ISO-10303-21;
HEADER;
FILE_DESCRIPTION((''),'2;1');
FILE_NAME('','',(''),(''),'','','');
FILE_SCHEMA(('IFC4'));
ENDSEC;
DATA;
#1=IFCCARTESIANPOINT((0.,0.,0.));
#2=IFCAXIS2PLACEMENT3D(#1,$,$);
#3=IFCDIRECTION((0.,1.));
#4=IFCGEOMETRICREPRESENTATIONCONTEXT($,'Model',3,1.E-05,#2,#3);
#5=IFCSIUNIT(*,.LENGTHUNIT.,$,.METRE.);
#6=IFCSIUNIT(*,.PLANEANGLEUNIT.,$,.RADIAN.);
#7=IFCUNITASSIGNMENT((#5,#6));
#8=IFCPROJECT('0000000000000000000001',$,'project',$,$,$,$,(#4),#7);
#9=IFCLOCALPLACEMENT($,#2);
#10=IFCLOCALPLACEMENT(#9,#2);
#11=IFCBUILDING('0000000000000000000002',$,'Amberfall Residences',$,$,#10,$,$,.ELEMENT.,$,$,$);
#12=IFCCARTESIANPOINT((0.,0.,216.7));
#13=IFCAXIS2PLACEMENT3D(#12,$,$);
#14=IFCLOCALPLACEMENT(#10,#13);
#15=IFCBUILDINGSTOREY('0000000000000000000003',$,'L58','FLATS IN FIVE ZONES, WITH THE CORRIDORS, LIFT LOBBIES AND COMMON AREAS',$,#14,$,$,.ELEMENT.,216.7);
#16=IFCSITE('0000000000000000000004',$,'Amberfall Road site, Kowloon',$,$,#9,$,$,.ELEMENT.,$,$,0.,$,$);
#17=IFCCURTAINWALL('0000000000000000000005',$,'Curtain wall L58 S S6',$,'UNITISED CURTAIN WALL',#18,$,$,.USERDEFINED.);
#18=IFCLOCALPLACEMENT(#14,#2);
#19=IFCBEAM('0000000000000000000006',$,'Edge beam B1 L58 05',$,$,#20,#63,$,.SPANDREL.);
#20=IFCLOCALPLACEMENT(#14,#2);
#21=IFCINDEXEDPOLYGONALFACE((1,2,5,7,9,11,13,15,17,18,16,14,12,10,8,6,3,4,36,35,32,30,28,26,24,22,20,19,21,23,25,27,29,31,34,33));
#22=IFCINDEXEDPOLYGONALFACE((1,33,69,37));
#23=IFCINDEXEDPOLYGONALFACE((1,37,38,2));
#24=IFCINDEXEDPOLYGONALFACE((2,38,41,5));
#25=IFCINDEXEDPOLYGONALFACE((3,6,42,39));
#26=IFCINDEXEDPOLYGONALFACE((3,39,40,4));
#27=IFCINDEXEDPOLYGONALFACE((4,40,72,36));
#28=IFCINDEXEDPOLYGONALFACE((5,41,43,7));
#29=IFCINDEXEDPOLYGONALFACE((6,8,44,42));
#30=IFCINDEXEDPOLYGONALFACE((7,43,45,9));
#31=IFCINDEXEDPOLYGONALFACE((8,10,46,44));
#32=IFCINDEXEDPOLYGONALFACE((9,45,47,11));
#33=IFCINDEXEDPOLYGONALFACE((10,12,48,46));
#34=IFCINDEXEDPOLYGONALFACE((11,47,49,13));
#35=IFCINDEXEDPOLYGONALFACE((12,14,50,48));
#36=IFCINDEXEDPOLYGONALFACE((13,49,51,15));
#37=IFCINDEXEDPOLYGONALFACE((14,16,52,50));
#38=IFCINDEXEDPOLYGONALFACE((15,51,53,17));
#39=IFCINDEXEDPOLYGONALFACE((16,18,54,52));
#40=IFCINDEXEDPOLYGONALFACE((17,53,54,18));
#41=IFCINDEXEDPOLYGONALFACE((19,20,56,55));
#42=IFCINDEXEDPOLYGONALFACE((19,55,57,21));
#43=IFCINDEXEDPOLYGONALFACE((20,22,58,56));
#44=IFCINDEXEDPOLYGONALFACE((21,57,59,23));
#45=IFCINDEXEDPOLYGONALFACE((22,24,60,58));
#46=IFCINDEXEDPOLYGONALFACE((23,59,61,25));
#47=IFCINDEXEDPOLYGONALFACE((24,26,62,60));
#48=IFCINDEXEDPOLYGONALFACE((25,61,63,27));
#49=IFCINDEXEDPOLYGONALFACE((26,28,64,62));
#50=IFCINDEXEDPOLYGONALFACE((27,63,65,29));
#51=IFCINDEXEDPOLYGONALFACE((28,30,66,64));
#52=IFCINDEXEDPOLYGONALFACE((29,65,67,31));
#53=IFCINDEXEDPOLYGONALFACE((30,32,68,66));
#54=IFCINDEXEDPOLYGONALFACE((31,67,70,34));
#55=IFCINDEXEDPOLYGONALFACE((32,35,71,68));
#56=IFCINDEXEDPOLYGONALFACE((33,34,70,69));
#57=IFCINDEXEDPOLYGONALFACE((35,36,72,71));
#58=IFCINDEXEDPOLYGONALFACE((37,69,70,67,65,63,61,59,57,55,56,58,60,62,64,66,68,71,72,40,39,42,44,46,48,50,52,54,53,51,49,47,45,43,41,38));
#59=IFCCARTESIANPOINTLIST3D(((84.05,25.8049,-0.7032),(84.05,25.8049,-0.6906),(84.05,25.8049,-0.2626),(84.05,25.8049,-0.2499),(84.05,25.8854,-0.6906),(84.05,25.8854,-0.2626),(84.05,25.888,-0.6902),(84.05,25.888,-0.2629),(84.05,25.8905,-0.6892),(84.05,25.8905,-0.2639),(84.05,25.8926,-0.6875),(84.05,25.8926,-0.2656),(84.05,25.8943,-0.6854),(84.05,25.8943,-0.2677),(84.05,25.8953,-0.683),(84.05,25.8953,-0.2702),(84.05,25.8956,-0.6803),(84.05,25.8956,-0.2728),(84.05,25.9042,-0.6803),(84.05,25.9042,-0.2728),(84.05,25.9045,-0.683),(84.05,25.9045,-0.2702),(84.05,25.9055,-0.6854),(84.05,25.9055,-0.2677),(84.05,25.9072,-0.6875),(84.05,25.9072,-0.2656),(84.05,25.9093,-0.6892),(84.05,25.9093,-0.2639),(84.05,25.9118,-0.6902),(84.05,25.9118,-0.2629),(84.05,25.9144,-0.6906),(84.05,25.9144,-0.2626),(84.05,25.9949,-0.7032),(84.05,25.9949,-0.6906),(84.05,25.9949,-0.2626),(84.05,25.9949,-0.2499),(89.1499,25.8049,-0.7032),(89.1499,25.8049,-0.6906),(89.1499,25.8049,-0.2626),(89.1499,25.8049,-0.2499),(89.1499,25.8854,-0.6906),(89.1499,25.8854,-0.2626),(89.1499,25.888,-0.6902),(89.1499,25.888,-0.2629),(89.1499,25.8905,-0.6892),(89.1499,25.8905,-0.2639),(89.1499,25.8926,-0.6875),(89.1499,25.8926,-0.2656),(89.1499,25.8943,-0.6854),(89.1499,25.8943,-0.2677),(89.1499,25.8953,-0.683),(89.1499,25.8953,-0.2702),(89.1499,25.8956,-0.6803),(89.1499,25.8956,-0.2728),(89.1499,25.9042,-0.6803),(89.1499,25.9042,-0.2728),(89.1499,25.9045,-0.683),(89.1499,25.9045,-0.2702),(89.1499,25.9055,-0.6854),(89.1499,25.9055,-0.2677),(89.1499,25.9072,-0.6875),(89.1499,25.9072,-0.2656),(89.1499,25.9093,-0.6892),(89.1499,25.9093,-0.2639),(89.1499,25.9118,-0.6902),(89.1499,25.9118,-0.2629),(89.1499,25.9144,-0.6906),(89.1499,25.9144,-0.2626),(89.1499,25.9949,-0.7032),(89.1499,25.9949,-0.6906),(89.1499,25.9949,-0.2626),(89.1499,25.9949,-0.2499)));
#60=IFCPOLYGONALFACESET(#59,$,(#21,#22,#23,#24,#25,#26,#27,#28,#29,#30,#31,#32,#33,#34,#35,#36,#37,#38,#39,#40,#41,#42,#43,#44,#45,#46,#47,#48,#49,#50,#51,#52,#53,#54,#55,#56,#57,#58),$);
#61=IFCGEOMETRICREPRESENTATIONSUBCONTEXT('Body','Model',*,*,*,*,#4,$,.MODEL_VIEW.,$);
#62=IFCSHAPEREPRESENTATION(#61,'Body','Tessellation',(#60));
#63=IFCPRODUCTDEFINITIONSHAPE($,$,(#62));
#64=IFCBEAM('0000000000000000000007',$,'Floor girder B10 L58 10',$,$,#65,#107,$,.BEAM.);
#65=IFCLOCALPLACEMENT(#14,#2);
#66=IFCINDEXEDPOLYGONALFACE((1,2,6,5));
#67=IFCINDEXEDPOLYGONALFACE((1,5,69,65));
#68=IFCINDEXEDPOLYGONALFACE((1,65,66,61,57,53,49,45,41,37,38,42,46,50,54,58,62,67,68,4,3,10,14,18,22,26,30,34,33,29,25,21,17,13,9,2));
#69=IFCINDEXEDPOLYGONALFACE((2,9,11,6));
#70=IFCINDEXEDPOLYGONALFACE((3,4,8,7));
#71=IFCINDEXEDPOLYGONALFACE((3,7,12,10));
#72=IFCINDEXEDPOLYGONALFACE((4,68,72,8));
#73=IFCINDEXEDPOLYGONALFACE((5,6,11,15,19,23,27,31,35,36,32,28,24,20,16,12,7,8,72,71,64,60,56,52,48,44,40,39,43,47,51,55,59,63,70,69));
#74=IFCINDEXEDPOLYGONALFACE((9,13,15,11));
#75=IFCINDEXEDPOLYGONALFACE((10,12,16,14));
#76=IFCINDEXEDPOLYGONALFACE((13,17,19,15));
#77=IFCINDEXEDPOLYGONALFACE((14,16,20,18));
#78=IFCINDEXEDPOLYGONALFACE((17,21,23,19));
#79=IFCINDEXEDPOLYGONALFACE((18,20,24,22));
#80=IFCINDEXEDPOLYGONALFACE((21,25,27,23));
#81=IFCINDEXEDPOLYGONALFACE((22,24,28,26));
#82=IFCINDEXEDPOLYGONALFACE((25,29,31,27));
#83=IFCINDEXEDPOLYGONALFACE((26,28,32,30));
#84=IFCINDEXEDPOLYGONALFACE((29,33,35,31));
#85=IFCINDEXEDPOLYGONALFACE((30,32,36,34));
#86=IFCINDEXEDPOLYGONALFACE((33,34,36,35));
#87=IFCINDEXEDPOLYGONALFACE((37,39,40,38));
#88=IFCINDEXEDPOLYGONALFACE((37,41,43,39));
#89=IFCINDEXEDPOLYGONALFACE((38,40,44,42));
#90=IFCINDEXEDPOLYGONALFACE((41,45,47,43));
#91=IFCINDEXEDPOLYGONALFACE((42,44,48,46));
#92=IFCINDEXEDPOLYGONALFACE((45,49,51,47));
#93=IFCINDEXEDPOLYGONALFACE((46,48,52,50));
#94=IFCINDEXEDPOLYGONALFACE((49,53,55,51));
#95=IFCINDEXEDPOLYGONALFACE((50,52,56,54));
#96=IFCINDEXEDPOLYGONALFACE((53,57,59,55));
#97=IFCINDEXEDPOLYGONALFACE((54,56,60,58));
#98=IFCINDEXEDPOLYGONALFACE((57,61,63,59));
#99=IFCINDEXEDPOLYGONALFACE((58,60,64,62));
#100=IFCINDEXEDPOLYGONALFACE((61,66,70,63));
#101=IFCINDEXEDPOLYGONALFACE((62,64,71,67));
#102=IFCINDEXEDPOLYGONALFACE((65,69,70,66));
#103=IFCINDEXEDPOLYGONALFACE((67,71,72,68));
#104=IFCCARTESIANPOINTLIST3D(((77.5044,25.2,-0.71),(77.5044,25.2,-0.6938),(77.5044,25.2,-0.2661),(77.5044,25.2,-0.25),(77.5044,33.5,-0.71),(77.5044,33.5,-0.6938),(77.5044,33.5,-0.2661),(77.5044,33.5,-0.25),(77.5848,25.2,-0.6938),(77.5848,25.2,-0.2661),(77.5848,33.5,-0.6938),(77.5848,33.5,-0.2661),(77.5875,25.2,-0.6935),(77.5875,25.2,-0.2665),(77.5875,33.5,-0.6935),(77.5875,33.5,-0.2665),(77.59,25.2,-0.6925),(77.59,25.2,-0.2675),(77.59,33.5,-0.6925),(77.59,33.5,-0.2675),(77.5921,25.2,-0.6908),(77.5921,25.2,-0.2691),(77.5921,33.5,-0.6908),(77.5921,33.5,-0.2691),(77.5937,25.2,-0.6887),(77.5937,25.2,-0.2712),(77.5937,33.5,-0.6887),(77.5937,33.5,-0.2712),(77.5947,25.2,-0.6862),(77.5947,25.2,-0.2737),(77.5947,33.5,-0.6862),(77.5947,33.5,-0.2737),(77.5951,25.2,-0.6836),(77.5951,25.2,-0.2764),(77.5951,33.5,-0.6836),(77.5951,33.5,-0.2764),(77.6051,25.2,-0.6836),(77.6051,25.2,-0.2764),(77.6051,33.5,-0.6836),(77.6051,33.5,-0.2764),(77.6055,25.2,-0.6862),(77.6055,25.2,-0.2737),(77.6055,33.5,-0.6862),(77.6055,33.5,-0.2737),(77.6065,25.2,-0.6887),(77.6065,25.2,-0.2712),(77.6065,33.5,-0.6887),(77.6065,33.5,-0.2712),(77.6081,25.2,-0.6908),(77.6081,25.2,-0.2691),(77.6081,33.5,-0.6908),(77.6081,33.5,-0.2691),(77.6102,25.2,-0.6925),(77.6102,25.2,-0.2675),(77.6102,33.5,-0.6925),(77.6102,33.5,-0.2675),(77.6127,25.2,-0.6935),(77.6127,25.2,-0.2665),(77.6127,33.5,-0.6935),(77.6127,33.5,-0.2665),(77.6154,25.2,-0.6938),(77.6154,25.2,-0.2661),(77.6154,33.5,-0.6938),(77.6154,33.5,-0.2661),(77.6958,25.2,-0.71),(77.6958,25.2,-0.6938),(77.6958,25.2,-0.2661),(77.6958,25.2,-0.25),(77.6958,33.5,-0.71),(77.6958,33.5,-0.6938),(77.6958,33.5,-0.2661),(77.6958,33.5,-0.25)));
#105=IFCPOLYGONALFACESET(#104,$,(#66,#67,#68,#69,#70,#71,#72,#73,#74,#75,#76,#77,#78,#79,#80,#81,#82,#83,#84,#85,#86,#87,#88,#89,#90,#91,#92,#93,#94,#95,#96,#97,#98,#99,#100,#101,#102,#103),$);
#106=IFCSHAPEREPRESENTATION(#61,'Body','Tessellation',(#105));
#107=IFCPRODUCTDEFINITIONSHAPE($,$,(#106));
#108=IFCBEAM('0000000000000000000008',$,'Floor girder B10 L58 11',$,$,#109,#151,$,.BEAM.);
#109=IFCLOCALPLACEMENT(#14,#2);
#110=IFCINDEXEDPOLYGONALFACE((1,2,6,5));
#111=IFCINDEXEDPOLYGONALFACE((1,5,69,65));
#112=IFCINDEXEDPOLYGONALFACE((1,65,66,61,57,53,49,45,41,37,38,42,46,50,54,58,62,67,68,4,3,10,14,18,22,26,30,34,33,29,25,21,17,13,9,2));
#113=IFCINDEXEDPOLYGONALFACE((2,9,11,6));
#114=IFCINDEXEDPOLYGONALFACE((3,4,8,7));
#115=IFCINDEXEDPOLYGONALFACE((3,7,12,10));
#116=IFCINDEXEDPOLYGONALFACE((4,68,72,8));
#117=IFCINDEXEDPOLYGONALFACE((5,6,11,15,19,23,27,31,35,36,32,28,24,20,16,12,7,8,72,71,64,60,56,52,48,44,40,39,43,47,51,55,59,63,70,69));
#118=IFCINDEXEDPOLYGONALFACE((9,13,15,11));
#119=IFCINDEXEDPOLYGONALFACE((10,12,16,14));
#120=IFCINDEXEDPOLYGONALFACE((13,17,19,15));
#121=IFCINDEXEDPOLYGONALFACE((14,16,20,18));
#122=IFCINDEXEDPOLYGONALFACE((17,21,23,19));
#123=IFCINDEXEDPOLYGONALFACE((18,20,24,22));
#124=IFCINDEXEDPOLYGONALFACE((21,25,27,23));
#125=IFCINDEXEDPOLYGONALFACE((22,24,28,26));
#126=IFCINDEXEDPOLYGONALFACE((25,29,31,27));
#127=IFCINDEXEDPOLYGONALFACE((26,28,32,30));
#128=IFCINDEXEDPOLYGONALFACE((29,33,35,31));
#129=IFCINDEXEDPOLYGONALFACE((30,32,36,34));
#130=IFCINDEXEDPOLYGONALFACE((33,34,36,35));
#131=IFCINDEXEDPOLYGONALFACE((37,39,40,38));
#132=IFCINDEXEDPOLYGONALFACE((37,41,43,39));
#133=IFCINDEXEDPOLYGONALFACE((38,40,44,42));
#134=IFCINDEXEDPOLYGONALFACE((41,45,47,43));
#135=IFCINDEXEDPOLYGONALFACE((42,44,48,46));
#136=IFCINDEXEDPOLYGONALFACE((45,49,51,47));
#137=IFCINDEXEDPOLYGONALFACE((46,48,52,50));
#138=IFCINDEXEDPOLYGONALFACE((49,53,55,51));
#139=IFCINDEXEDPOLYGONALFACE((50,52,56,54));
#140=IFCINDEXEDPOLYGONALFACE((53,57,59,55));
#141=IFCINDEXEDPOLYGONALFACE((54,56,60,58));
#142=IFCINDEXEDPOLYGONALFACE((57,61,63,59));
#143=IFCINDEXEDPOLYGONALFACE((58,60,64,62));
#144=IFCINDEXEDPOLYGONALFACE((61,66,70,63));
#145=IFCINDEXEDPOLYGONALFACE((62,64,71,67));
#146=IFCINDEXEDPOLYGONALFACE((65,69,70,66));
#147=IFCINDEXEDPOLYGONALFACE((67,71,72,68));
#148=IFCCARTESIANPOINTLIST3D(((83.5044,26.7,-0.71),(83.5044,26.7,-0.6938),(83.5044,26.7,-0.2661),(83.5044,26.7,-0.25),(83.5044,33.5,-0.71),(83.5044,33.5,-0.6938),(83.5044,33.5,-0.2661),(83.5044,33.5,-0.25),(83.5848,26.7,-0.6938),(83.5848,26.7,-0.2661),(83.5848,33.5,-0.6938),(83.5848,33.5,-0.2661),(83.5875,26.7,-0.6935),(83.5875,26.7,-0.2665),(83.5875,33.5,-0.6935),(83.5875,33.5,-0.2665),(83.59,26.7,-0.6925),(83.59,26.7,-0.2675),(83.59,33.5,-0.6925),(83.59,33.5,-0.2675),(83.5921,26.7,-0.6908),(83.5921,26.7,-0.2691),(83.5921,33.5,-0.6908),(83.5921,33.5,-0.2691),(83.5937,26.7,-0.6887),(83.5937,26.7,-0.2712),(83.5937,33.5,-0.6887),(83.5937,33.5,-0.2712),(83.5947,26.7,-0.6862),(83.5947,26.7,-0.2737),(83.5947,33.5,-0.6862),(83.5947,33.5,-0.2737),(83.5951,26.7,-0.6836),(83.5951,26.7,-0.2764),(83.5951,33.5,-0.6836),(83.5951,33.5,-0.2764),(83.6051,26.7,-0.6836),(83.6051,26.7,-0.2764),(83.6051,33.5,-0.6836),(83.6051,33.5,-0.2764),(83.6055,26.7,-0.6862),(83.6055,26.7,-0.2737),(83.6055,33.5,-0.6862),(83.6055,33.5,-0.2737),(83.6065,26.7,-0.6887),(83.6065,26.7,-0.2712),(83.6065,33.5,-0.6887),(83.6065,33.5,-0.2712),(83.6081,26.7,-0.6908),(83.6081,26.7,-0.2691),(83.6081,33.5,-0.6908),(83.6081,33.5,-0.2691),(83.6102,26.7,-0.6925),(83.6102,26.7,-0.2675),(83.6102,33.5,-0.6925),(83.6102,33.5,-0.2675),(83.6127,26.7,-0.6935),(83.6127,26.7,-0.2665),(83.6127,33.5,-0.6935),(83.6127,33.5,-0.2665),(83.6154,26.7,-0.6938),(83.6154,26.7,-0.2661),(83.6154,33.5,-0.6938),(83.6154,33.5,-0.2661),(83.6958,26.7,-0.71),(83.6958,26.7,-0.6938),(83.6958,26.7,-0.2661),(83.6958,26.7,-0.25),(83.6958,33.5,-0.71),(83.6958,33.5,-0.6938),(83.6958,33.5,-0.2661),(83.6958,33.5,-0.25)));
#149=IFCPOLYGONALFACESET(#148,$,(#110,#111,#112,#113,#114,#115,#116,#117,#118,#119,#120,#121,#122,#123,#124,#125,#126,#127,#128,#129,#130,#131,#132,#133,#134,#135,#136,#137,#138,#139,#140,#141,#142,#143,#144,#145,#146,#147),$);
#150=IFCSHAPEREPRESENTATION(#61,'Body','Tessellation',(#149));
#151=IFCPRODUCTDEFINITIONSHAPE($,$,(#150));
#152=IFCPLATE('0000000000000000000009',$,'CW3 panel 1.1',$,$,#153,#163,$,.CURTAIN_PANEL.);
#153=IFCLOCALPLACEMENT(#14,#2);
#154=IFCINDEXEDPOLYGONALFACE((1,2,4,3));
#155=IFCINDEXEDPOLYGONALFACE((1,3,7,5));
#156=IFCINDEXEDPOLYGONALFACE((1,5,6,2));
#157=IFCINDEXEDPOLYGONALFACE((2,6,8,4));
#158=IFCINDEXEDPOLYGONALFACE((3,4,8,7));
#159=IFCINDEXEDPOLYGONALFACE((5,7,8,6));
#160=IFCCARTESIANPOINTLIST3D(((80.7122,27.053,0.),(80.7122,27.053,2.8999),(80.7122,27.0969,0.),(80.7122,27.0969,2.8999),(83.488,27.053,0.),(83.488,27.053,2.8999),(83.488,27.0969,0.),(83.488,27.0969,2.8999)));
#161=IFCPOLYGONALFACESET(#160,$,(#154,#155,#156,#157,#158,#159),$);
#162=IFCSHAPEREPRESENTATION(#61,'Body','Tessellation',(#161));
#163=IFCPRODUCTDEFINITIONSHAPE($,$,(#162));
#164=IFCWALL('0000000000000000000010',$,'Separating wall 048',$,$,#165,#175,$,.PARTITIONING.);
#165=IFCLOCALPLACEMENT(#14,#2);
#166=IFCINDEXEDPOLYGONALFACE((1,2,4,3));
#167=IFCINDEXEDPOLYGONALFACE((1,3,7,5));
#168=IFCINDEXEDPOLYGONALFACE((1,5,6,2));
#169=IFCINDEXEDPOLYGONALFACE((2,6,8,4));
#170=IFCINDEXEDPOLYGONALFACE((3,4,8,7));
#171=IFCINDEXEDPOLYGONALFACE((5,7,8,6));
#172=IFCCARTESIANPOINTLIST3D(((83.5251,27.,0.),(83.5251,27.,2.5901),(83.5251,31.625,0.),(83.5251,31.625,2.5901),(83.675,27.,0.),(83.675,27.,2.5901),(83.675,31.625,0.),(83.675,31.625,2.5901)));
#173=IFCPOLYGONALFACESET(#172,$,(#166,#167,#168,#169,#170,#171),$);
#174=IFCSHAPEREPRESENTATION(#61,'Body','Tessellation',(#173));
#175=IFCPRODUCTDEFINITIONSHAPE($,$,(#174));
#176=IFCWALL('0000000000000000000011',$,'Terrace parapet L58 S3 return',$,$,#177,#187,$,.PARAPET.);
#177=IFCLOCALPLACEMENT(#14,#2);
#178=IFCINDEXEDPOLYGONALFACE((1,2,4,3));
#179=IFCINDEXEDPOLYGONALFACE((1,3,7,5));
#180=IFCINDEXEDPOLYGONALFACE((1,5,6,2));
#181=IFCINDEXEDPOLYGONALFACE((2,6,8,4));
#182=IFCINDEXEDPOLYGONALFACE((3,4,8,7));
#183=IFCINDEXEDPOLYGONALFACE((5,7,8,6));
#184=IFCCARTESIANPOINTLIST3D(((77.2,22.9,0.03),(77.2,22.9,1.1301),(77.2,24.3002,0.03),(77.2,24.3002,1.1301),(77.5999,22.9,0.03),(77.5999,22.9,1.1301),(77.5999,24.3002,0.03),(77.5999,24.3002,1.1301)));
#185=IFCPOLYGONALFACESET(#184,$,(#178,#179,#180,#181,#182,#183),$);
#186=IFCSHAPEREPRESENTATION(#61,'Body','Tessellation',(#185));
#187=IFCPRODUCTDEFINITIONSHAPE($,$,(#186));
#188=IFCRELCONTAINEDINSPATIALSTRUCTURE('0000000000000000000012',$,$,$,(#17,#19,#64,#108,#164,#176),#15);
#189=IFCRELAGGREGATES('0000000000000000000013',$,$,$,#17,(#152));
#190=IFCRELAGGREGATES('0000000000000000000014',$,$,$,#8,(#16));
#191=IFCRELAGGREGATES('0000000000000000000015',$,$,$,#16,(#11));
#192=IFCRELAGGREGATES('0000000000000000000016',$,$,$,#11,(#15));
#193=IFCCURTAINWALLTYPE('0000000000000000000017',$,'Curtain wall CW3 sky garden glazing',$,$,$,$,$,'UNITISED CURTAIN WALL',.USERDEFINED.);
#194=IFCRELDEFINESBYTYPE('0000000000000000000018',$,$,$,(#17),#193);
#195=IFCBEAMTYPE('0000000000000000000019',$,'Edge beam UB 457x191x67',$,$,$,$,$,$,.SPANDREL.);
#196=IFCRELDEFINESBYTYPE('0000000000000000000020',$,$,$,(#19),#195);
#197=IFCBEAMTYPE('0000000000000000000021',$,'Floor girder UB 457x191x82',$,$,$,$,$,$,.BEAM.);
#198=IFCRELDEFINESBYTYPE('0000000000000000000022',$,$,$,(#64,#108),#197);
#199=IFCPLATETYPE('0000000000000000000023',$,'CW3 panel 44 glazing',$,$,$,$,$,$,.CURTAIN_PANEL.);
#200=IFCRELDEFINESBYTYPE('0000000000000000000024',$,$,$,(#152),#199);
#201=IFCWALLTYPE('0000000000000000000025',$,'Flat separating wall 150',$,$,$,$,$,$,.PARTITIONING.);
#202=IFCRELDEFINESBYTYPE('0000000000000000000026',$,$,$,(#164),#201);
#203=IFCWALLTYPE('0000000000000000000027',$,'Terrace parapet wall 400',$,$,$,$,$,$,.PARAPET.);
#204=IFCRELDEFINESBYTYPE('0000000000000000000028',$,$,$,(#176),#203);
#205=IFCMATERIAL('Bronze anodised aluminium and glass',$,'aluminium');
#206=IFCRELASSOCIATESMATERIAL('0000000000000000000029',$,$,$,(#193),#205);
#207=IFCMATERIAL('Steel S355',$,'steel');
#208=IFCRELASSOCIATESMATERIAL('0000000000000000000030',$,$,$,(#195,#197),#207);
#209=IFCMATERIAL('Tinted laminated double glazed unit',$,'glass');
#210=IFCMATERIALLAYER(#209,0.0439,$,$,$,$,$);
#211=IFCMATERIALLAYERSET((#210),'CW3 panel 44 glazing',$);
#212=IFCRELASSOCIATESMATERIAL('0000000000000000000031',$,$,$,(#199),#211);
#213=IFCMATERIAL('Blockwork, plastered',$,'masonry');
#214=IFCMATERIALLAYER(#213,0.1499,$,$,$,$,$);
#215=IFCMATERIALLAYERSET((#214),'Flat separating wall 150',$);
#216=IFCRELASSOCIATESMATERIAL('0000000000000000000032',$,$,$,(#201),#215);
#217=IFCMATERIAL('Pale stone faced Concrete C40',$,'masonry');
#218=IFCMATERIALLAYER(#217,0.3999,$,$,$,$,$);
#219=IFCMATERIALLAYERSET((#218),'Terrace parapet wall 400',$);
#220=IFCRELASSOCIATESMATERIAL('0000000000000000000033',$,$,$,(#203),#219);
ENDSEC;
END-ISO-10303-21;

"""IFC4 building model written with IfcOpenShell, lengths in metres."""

from ifc_helpers import new_model, si_unit, direction, frame, frame_2d, origin, origin_2d, place, context, subcontext, project, spatial, rectangle, i_section, extrude, material, layer, layer_set, material_profile, profile_set, type_object, element, aggregate, save


model = new_model("IFC4")

# Units and contexts
model_context = context("Model", 3, precision=1e-05, world=origin(), true_north=direction((0.0, 1.0)))
body_context = subcontext(model_context, "Body", "Model", "MODEL_VIEW")
ifc_project = project(units=[si_unit("LENGTHUNIT", "METRE"), si_unit("PLANEANGLEUNIT", "RADIAN")], contexts=[model_context])

# Site, building, storey
site_placement = place(None, origin())
site = spatial("IfcSite", under=ifc_project, at=site_placement, Name="Amberfall Road site, Kowloon", CompositionType="ELEMENT", RefElevation=0.0)
building_placement = place(site_placement, origin())
building = spatial("IfcBuilding", under=site, at=building_placement, Name="Amberfall Residences", CompositionType="ELEMENT")
storey_placement = place(building_placement, frame((0.0, 0.0, 216.7)))
storey = spatial("IfcBuildingStorey", under=building, at=storey_placement, Name="L58", Description="FLATS IN FIVE ZONES, WITH THE CORRIDORS, LIFT LOBBIES AND COMMON AREAS", CompositionType="ELEMENT", Elevation=216.7)

# Curtain wall
ifc_material_1 = material(Name="Bronze anodised aluminium and glass", Category="aluminium")
curtain_wall_type = type_object("IfcCurtainWallType", Name="Curtain wall CW3 sky garden glazing", ElementType="UNITISED CURTAIN WALL", PredefinedType="USERDEFINED", material=ifc_material_1)
curtain_wall_placement = place(storey_placement, origin())
curtain_wall = element("IfcCurtainWall", 1, at=curtain_wall_placement, inside=storey, type_object=curtain_wall_type, Name="Curtain wall L58 S S6", ObjectType="UNITISED CURTAIN WALL", PredefinedType="USERDEFINED")

# Beams
ifc_material_2 = material(Name="Steel S355", Category="steel")
ifc_material_profile_1 = material_profile(ifc_material_2, i_section(OverallWidth=0.1899, OverallDepth=0.4534, WebThickness=0.0085, FlangeThickness=0.0127, FilletRadius=0.0103, at=origin_2d()), Name="UB 457x191x67")
ifc_profile_set_1 = profile_set([ifc_material_profile_1], Name="Steel S355")
beam_type_1 = type_object("IfcBeamType", Name="Edge beam UB 457x191x67", PredefinedType="SPANDREL", material=ifc_profile_set_1)
beam_1_placement = place(storey_placement, frame((84.05, 25.8999, -0.4766), z_axis=(1.0, 0.0, 0.0), x_axis=(0.0, 1.0, 0.0)))
element("IfcBeam", 2, at=beam_1_placement, inside=storey, type_object=beam_type_1, Name="Edge beam B1 L58 05", PredefinedType="SPANDREL", context=body_context, shape_type="SweptSolid", body=[
    extrude(i_section(OverallWidth=0.1899, OverallDepth=0.4534, WebThickness=0.0085, FlangeThickness=0.0127, FilletRadius=0.0103, at=origin_2d()), origin(), (0.0, 0.0, 1.0), 5.0999),
])
ifc_material_profile_2 = material_profile(ifc_material_2, i_section(OverallWidth=0.1914, OverallDepth=0.46, WebThickness=0.01, FlangeThickness=0.0161, FilletRadius=0.0103, at=origin_2d()), Name="UB 457x191x82")
ifc_profile_set_2 = profile_set([ifc_material_profile_2], Name="Steel S355")
beam_type_2 = type_object("IfcBeamType", Name="Floor girder UB 457x191x82", PredefinedType="BEAM", material=ifc_profile_set_2)
beam_2_placement = place(storey_placement, frame((77.6001, 25.2, -0.48), z_axis=(0.0, 1.0, 0.0), x_axis=(-1.0, 0.0, 0.0)))
element("IfcBeam", 3, at=beam_2_placement, inside=storey, type_object=beam_type_2, Name="Floor girder B10 L58 10", PredefinedType="BEAM", context=body_context, shape_type="SweptSolid", body=[
    extrude(i_section(OverallWidth=0.1914, OverallDepth=0.46, WebThickness=0.01, FlangeThickness=0.0161, FilletRadius=0.0103, at=origin_2d()), origin(), (0.0, 0.0, 1.0), 8.3),
])
beam_3_placement = place(storey_placement, frame((83.6001, 26.7, -0.48), z_axis=(0.0, 1.0, 0.0), x_axis=(-1.0, 0.0, 0.0)))
element("IfcBeam", 4, at=beam_3_placement, inside=storey, type_object=beam_type_2, Name="Floor girder B10 L58 11", PredefinedType="BEAM", context=body_context, shape_type="SweptSolid", body=[
    extrude(i_section(OverallWidth=0.1914, OverallDepth=0.46, WebThickness=0.01, FlangeThickness=0.0161, FilletRadius=0.0103, at=origin_2d()), origin(), (0.0, 0.0, 1.0), 6.8),
])

# Plate
ifc_material_3 = material(Name="Tinted laminated double glazed unit", Category="glass")
ifc_layer_1 = layer(ifc_material_3, 0.0439)
ifc_layer_set_1 = layer_set([ifc_layer_1], Name="CW3 panel 44 glazing")
plate_type = type_object("IfcPlateType", Name="CW3 panel 44 glazing", PredefinedType="CURTAIN_PANEL", material=ifc_layer_set_1)
plate_placement = place(storey_placement, frame((82.1001, 27.075, 0.0), z_axis=(0.0, 0.0, 1.0), x_axis=(1.0, 0.0, 0.0)))
plate = element("IfcPlate", 5, at=plate_placement, type_object=plate_type, Name="CW3 panel 1.1", PredefinedType="CURTAIN_PANEL", context=body_context, shape_type="SweptSolid", body=[
    extrude(rectangle(XDim=2.7759, YDim=0.0439, at=origin_2d()), origin(), (0.0, 0.0, 1.0), 2.8999),
])
aggregate(curtain_wall, [plate])

# Wall
ifc_material_4 = material(Name="Blockwork, plastered", Category="masonry")
ifc_layer_2 = layer(ifc_material_4, 0.1499)
ifc_layer_set_2 = layer_set([ifc_layer_2], Name="Flat separating wall 150")
wall_type_1 = type_object("IfcWallType", Name="Flat separating wall 150", PredefinedType="PARTITIONING", material=ifc_layer_set_2)
wall_1_placement = place(storey_placement, frame((83.6001, 27.0, 0.0), z_axis=(0.0, 0.0, 1.0), x_axis=(0.0, 1.0, 0.0)))
element("IfcWall", 6, at=wall_1_placement, inside=storey, type_object=wall_type_1, Name="Separating wall 048", PredefinedType="PARTITIONING", context=body_context, shape_type="SweptSolid", body=[
    extrude(rectangle(XDim=4.625, YDim=0.1499, at=frame_2d((2.3125, 0.0))), origin(), (0.0, 0.0, 1.0), 2.5901),
])

# Wall
ifc_material_5 = material(Name="Pale stone faced Concrete C40", Category="masonry")
ifc_layer_3 = layer(ifc_material_5, 0.3999)
ifc_layer_set_3 = layer_set([ifc_layer_3], Name="Terrace parapet wall 400")
wall_type_2 = type_object("IfcWallType", Name="Terrace parapet wall 400", PredefinedType="PARAPET", material=ifc_layer_set_3)
wall_2_placement = place(storey_placement, frame((77.3999, 22.8999, 0.03), z_axis=(0.0, 0.0, 1.0), x_axis=(0.0, 1.0, 0.0)))
element("IfcWall", 7, at=wall_2_placement, inside=storey, type_object=wall_type_2, Name="Terrace parapet L58 S3 return", PredefinedType="PARAPET", context=body_context, shape_type="SweptSolid", body=[
    extrude(rectangle(XDim=1.4001, YDim=0.3999, at=frame_2d((0.7002, 0.0))), origin(), (0.0, 0.0, 1.0), 1.1001),
])

save(model, "model.ifc")
